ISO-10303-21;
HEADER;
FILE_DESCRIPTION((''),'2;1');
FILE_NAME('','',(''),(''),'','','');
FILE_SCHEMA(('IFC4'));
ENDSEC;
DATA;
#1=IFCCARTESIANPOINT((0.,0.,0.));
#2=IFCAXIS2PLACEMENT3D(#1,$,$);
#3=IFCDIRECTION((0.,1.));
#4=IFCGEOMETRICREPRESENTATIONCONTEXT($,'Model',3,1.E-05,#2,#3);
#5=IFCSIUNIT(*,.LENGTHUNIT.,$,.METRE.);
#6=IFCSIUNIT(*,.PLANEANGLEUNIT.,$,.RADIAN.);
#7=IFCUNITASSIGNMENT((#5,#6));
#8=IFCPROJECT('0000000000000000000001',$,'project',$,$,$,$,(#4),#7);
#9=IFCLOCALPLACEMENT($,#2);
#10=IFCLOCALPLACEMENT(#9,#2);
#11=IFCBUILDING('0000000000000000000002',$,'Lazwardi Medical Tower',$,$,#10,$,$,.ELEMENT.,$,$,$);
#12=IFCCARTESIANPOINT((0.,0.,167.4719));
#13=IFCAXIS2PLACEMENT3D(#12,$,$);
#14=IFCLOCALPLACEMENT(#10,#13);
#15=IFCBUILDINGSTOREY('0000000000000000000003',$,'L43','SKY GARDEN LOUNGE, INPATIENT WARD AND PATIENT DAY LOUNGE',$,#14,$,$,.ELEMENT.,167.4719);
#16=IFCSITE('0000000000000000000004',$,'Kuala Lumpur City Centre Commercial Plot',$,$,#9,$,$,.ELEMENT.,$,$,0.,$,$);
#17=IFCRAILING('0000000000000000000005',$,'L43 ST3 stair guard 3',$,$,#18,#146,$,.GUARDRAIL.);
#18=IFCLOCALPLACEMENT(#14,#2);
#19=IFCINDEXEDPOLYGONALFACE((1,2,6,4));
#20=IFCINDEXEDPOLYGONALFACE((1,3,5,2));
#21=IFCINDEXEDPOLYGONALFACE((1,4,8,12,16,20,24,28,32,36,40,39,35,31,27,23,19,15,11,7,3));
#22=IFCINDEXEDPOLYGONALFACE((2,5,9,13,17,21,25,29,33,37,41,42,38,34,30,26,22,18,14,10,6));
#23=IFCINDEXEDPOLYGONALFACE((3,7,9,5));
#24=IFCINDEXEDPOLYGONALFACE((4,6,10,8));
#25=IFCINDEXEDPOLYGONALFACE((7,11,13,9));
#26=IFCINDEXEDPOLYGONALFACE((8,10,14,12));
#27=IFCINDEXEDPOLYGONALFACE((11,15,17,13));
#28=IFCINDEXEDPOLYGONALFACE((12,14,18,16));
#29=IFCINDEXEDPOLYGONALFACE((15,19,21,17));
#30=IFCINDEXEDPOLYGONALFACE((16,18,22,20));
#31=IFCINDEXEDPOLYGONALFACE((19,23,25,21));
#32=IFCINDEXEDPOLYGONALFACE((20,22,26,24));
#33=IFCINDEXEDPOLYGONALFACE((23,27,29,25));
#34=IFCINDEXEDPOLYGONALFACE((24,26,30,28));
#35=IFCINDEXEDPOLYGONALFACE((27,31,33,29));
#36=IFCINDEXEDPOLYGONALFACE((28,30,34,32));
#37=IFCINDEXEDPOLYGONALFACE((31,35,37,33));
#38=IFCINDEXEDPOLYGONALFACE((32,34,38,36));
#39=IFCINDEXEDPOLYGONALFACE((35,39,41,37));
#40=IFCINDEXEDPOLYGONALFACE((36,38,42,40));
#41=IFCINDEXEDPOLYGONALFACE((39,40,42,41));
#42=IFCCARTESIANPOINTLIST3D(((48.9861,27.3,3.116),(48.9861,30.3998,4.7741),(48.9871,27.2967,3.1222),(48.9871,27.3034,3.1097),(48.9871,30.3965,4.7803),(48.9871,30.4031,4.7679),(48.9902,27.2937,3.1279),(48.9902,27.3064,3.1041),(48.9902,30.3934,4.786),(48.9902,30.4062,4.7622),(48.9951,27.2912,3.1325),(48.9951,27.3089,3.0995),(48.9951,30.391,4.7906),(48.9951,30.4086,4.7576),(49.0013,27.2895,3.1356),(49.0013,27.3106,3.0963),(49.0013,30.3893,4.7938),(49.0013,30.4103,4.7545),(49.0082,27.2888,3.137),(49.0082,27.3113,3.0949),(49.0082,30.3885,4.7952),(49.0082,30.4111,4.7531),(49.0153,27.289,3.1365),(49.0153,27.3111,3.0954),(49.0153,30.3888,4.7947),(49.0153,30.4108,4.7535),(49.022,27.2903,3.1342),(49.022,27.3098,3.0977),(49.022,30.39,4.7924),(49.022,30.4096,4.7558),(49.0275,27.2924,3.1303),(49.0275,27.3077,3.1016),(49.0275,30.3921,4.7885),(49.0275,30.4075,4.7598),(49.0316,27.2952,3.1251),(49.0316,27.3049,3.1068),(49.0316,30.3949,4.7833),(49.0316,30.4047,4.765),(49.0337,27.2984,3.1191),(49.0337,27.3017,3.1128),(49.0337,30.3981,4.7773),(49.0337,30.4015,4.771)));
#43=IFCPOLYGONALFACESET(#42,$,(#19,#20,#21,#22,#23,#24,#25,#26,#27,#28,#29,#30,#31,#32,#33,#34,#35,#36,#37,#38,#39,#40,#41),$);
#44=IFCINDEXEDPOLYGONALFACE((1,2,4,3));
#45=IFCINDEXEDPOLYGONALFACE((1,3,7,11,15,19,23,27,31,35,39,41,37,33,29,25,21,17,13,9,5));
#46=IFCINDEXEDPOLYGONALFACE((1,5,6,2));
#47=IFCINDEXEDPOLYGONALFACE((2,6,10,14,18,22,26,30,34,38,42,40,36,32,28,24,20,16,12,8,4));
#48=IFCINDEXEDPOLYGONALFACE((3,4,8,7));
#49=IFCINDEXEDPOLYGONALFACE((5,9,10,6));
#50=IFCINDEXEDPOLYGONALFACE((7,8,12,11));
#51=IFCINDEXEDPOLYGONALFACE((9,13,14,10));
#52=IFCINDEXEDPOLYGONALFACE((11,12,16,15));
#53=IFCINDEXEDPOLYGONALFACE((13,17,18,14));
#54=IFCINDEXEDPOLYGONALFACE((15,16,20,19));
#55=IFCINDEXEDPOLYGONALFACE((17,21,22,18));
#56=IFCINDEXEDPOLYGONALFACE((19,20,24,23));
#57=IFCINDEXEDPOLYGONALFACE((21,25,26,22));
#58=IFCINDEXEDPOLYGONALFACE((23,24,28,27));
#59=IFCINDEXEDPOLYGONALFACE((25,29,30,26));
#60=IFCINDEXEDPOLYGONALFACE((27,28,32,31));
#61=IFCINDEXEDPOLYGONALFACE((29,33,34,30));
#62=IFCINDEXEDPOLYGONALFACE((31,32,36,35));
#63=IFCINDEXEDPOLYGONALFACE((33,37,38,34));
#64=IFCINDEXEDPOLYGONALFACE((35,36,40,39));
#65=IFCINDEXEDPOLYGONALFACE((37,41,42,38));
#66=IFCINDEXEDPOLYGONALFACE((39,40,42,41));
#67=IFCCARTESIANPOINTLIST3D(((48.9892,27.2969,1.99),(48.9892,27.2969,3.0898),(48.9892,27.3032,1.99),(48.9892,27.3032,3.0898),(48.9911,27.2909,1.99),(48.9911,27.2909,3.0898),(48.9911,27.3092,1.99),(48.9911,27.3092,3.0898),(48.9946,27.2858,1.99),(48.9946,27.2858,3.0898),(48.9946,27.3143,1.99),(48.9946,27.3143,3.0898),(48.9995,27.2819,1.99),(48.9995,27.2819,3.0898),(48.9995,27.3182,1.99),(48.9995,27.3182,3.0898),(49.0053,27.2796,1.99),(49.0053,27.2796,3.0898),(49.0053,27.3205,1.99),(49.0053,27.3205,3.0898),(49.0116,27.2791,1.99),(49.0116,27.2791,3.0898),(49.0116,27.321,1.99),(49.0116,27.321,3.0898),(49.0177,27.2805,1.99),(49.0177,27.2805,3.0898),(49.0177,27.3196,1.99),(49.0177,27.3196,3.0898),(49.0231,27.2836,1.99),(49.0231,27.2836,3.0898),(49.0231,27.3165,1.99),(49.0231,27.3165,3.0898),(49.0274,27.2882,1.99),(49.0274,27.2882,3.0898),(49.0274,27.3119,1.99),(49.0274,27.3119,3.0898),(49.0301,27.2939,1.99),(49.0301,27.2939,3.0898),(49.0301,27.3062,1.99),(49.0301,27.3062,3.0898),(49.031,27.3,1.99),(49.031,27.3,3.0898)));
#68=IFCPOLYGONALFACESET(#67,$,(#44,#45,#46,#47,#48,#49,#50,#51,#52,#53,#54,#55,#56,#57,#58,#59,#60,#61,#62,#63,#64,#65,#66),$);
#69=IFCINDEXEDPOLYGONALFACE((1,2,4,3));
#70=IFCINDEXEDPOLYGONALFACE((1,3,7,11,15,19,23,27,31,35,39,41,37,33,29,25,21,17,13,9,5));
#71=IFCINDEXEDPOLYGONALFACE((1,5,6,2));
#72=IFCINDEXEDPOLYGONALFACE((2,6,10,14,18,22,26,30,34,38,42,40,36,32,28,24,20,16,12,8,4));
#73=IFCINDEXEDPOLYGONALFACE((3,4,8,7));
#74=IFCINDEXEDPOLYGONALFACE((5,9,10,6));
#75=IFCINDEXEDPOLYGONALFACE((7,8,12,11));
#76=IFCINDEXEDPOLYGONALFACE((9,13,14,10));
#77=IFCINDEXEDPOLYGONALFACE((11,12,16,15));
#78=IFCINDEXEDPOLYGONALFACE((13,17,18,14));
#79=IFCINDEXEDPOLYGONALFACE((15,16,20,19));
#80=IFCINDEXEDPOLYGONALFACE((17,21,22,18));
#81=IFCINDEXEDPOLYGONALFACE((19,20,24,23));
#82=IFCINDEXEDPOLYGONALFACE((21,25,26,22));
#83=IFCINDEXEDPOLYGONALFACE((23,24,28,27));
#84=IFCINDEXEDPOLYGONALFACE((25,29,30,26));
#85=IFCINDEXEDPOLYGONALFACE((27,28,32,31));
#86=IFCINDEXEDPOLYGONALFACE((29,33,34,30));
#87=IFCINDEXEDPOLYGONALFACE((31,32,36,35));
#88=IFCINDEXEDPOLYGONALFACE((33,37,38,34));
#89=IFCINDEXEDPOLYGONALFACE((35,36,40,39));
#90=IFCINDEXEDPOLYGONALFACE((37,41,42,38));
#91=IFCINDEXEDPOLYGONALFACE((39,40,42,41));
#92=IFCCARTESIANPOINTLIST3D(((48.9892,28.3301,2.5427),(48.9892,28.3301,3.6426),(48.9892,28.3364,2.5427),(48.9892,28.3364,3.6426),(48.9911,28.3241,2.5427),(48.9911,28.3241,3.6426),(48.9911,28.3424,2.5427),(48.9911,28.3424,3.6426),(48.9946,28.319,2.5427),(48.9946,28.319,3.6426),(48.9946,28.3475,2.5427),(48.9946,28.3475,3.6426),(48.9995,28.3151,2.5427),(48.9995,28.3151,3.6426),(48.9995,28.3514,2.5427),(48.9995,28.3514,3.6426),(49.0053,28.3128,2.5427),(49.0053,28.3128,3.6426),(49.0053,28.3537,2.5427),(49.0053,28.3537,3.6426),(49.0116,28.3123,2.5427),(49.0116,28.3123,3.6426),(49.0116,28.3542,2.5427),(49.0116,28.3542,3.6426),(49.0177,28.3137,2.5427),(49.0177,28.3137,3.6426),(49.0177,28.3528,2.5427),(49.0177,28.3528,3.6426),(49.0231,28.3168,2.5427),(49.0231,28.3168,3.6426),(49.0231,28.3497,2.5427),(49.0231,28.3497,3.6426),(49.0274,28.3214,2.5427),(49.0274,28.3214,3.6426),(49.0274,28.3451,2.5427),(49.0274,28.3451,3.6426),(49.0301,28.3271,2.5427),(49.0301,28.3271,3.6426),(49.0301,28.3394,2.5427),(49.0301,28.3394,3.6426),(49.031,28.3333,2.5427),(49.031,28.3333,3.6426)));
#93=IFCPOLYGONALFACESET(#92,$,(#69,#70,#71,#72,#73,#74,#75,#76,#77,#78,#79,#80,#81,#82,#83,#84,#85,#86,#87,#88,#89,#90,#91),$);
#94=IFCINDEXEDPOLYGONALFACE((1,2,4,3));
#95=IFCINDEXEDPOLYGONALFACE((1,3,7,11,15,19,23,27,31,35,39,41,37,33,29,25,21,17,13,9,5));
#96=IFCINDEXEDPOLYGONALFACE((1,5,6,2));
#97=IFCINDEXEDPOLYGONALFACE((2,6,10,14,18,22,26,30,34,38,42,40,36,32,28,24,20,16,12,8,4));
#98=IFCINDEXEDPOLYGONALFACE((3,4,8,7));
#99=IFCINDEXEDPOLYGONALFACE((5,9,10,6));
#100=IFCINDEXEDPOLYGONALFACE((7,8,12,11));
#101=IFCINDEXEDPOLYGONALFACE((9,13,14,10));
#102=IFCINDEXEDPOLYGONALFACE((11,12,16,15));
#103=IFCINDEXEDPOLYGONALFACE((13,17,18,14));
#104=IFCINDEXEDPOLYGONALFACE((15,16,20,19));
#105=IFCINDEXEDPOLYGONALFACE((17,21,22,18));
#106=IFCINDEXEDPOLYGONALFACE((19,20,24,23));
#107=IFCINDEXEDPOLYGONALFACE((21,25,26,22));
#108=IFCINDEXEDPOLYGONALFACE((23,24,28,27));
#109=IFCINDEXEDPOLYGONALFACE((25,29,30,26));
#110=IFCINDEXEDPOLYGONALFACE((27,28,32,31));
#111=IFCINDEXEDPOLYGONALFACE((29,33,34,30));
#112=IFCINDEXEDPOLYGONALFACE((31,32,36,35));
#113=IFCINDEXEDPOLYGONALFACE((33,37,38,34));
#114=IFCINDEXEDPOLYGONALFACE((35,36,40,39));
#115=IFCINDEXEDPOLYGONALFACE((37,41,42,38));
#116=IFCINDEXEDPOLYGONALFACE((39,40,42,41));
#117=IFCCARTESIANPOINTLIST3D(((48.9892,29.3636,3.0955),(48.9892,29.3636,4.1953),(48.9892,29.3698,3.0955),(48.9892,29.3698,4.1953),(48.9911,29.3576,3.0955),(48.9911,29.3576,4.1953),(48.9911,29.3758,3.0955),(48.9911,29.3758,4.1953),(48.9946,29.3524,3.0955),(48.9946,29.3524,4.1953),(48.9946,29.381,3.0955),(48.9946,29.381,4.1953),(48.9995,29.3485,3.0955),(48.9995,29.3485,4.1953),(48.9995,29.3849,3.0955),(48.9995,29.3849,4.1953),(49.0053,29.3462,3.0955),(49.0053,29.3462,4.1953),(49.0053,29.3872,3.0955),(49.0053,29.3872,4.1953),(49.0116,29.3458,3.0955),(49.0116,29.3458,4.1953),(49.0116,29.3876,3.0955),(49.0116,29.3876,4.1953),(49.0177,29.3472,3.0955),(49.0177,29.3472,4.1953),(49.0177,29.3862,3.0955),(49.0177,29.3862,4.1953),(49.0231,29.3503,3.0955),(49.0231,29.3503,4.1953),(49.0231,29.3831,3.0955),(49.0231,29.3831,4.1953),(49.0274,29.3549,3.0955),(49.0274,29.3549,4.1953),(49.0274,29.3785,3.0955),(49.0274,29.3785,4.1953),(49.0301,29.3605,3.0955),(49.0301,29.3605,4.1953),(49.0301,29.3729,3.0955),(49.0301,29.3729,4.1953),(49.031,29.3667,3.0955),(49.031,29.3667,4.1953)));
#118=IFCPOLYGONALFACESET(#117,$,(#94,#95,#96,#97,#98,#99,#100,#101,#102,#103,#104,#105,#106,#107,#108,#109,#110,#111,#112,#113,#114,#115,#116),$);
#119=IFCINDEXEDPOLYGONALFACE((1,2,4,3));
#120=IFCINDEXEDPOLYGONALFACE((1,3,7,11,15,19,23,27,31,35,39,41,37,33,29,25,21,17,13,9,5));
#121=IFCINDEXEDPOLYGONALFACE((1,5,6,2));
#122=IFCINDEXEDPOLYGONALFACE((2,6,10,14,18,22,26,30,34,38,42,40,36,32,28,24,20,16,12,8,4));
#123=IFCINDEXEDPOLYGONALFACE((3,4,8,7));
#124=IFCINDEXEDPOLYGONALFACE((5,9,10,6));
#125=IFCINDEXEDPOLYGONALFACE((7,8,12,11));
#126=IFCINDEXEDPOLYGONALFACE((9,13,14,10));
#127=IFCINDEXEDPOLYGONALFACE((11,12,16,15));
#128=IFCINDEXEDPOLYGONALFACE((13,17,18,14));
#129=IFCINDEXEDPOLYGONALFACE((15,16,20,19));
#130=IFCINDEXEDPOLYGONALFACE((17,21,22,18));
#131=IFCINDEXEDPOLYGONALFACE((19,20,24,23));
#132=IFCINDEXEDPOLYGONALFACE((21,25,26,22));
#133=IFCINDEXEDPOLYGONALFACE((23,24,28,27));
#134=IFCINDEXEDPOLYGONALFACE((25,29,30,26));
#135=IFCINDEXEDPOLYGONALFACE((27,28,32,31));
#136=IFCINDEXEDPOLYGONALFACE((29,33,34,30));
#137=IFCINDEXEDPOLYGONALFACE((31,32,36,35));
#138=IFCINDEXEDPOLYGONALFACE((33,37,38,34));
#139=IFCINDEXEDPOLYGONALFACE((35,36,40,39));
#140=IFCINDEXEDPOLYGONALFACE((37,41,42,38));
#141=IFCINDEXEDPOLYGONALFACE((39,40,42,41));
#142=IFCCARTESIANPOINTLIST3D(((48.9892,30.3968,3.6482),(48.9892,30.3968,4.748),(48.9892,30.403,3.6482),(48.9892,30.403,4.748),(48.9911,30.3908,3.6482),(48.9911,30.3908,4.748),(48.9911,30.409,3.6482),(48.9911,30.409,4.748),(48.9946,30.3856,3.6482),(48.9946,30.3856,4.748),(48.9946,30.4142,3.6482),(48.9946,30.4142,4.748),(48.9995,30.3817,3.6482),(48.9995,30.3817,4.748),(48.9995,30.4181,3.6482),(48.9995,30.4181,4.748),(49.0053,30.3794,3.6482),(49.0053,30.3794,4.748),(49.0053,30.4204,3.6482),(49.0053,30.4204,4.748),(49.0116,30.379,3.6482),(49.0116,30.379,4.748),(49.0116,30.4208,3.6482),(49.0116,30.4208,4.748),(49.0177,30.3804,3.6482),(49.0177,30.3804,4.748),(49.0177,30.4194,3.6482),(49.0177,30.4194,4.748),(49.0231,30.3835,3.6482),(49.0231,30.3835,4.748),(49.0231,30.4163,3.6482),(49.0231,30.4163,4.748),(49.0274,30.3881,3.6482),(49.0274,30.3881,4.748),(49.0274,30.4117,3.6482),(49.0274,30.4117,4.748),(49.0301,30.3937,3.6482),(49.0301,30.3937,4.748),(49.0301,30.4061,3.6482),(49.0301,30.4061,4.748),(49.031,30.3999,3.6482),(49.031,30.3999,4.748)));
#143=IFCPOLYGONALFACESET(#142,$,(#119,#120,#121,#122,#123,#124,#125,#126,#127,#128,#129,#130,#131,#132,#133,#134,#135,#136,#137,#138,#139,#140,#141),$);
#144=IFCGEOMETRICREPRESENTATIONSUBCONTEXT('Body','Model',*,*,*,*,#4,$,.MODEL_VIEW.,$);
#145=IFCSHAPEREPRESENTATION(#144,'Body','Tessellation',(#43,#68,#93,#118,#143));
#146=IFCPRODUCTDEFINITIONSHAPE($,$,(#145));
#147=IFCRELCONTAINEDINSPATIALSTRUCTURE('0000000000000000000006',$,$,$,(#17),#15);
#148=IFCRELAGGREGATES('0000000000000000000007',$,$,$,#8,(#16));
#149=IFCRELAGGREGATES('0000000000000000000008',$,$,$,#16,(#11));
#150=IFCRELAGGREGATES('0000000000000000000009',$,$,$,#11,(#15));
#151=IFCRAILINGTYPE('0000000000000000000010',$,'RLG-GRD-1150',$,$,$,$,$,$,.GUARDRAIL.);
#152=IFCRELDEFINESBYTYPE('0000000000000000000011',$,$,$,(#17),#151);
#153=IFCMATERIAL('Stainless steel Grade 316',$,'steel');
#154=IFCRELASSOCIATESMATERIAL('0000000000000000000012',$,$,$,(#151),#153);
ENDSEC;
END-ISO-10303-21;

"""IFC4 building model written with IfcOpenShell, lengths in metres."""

from ifc_helpers import new_model, si_unit, direction, frame, origin, origin_2d, place, context, subcontext, project, spatial, circle, extrude, material, type_object, element, save


model = new_model("IFC4")

# Units and contexts
model_context = context("Model", 3, precision=1e-05, world=origin(), true_north=direction((0.0, 1.0)))
body_context = subcontext(model_context, "Body", "Model", "MODEL_VIEW")
ifc_project = project(units=[si_unit("LENGTHUNIT", "METRE"), si_unit("PLANEANGLEUNIT", "RADIAN")], contexts=[model_context])

# Site, building, storey
site_placement = place(None, origin())
site = spatial("IfcSite", under=ifc_project, at=site_placement, Name="Kuala Lumpur City Centre Commercial Plot", CompositionType="ELEMENT", RefElevation=0.0)
building_placement = place(site_placement, origin())
building = spatial("IfcBuilding", under=site, at=building_placement, Name="Lazwardi Medical Tower", CompositionType="ELEMENT")
storey_placement = place(building_placement, frame((0.0, 0.0, 167.4719)))
storey = spatial("IfcBuildingStorey", under=building, at=storey_placement, Name="L43", Description="SKY GARDEN LOUNGE, INPATIENT WARD AND PATIENT DAY LOUNGE", CompositionType="ELEMENT", Elevation=167.4719)

# Railing
ifc_material_1 = material(Name="Stainless steel Grade 316", Category="steel")
railing_type_1 = type_object("IfcRailingType", Name="RLG-GRD-1150", PredefinedType="GUARDRAIL", material=ifc_material_1)
railing_1_placement = place(storey_placement, frame((49.01, 27.3, 1.99)))
element("IfcRailing", 1, at=railing_1_placement, inside=storey, type_object=railing_type_1, Name="L43 ST3 stair guard 3", PredefinedType="GUARDRAIL", context=body_context, shape_type="SweptSolid", body=[
    extrude(circle(Radius=0.0239, at=origin_2d()), frame((0.0, 0.0, 1.126), z_axis=(0.0, 0.881768, 0.471684), x_axis=(-1.0, 0.0, 0.0)), (0.0, 0.0, 1.0), 3.5154),
    extrude(circle(Radius=0.021, at=origin_2d()), origin(), (0.0, 0.0, 1.0), 1.0999),
    extrude(circle(Radius=0.021, at=origin_2d()), frame((0.0, 1.0332, 0.5527)), (0.0, 0.0, 1.0), 1.0999),
    extrude(circle(Radius=0.021, at=origin_2d()), frame((0.0, 2.0667, 1.1055)), (0.0, 0.0, 1.0), 1.0999),
    extrude(circle(Radius=0.021, at=origin_2d()), frame((0.0, 3.0999, 1.6582)), (0.0, 0.0, 1.0), 1.0999),
])

save(model, "model.ifc")
